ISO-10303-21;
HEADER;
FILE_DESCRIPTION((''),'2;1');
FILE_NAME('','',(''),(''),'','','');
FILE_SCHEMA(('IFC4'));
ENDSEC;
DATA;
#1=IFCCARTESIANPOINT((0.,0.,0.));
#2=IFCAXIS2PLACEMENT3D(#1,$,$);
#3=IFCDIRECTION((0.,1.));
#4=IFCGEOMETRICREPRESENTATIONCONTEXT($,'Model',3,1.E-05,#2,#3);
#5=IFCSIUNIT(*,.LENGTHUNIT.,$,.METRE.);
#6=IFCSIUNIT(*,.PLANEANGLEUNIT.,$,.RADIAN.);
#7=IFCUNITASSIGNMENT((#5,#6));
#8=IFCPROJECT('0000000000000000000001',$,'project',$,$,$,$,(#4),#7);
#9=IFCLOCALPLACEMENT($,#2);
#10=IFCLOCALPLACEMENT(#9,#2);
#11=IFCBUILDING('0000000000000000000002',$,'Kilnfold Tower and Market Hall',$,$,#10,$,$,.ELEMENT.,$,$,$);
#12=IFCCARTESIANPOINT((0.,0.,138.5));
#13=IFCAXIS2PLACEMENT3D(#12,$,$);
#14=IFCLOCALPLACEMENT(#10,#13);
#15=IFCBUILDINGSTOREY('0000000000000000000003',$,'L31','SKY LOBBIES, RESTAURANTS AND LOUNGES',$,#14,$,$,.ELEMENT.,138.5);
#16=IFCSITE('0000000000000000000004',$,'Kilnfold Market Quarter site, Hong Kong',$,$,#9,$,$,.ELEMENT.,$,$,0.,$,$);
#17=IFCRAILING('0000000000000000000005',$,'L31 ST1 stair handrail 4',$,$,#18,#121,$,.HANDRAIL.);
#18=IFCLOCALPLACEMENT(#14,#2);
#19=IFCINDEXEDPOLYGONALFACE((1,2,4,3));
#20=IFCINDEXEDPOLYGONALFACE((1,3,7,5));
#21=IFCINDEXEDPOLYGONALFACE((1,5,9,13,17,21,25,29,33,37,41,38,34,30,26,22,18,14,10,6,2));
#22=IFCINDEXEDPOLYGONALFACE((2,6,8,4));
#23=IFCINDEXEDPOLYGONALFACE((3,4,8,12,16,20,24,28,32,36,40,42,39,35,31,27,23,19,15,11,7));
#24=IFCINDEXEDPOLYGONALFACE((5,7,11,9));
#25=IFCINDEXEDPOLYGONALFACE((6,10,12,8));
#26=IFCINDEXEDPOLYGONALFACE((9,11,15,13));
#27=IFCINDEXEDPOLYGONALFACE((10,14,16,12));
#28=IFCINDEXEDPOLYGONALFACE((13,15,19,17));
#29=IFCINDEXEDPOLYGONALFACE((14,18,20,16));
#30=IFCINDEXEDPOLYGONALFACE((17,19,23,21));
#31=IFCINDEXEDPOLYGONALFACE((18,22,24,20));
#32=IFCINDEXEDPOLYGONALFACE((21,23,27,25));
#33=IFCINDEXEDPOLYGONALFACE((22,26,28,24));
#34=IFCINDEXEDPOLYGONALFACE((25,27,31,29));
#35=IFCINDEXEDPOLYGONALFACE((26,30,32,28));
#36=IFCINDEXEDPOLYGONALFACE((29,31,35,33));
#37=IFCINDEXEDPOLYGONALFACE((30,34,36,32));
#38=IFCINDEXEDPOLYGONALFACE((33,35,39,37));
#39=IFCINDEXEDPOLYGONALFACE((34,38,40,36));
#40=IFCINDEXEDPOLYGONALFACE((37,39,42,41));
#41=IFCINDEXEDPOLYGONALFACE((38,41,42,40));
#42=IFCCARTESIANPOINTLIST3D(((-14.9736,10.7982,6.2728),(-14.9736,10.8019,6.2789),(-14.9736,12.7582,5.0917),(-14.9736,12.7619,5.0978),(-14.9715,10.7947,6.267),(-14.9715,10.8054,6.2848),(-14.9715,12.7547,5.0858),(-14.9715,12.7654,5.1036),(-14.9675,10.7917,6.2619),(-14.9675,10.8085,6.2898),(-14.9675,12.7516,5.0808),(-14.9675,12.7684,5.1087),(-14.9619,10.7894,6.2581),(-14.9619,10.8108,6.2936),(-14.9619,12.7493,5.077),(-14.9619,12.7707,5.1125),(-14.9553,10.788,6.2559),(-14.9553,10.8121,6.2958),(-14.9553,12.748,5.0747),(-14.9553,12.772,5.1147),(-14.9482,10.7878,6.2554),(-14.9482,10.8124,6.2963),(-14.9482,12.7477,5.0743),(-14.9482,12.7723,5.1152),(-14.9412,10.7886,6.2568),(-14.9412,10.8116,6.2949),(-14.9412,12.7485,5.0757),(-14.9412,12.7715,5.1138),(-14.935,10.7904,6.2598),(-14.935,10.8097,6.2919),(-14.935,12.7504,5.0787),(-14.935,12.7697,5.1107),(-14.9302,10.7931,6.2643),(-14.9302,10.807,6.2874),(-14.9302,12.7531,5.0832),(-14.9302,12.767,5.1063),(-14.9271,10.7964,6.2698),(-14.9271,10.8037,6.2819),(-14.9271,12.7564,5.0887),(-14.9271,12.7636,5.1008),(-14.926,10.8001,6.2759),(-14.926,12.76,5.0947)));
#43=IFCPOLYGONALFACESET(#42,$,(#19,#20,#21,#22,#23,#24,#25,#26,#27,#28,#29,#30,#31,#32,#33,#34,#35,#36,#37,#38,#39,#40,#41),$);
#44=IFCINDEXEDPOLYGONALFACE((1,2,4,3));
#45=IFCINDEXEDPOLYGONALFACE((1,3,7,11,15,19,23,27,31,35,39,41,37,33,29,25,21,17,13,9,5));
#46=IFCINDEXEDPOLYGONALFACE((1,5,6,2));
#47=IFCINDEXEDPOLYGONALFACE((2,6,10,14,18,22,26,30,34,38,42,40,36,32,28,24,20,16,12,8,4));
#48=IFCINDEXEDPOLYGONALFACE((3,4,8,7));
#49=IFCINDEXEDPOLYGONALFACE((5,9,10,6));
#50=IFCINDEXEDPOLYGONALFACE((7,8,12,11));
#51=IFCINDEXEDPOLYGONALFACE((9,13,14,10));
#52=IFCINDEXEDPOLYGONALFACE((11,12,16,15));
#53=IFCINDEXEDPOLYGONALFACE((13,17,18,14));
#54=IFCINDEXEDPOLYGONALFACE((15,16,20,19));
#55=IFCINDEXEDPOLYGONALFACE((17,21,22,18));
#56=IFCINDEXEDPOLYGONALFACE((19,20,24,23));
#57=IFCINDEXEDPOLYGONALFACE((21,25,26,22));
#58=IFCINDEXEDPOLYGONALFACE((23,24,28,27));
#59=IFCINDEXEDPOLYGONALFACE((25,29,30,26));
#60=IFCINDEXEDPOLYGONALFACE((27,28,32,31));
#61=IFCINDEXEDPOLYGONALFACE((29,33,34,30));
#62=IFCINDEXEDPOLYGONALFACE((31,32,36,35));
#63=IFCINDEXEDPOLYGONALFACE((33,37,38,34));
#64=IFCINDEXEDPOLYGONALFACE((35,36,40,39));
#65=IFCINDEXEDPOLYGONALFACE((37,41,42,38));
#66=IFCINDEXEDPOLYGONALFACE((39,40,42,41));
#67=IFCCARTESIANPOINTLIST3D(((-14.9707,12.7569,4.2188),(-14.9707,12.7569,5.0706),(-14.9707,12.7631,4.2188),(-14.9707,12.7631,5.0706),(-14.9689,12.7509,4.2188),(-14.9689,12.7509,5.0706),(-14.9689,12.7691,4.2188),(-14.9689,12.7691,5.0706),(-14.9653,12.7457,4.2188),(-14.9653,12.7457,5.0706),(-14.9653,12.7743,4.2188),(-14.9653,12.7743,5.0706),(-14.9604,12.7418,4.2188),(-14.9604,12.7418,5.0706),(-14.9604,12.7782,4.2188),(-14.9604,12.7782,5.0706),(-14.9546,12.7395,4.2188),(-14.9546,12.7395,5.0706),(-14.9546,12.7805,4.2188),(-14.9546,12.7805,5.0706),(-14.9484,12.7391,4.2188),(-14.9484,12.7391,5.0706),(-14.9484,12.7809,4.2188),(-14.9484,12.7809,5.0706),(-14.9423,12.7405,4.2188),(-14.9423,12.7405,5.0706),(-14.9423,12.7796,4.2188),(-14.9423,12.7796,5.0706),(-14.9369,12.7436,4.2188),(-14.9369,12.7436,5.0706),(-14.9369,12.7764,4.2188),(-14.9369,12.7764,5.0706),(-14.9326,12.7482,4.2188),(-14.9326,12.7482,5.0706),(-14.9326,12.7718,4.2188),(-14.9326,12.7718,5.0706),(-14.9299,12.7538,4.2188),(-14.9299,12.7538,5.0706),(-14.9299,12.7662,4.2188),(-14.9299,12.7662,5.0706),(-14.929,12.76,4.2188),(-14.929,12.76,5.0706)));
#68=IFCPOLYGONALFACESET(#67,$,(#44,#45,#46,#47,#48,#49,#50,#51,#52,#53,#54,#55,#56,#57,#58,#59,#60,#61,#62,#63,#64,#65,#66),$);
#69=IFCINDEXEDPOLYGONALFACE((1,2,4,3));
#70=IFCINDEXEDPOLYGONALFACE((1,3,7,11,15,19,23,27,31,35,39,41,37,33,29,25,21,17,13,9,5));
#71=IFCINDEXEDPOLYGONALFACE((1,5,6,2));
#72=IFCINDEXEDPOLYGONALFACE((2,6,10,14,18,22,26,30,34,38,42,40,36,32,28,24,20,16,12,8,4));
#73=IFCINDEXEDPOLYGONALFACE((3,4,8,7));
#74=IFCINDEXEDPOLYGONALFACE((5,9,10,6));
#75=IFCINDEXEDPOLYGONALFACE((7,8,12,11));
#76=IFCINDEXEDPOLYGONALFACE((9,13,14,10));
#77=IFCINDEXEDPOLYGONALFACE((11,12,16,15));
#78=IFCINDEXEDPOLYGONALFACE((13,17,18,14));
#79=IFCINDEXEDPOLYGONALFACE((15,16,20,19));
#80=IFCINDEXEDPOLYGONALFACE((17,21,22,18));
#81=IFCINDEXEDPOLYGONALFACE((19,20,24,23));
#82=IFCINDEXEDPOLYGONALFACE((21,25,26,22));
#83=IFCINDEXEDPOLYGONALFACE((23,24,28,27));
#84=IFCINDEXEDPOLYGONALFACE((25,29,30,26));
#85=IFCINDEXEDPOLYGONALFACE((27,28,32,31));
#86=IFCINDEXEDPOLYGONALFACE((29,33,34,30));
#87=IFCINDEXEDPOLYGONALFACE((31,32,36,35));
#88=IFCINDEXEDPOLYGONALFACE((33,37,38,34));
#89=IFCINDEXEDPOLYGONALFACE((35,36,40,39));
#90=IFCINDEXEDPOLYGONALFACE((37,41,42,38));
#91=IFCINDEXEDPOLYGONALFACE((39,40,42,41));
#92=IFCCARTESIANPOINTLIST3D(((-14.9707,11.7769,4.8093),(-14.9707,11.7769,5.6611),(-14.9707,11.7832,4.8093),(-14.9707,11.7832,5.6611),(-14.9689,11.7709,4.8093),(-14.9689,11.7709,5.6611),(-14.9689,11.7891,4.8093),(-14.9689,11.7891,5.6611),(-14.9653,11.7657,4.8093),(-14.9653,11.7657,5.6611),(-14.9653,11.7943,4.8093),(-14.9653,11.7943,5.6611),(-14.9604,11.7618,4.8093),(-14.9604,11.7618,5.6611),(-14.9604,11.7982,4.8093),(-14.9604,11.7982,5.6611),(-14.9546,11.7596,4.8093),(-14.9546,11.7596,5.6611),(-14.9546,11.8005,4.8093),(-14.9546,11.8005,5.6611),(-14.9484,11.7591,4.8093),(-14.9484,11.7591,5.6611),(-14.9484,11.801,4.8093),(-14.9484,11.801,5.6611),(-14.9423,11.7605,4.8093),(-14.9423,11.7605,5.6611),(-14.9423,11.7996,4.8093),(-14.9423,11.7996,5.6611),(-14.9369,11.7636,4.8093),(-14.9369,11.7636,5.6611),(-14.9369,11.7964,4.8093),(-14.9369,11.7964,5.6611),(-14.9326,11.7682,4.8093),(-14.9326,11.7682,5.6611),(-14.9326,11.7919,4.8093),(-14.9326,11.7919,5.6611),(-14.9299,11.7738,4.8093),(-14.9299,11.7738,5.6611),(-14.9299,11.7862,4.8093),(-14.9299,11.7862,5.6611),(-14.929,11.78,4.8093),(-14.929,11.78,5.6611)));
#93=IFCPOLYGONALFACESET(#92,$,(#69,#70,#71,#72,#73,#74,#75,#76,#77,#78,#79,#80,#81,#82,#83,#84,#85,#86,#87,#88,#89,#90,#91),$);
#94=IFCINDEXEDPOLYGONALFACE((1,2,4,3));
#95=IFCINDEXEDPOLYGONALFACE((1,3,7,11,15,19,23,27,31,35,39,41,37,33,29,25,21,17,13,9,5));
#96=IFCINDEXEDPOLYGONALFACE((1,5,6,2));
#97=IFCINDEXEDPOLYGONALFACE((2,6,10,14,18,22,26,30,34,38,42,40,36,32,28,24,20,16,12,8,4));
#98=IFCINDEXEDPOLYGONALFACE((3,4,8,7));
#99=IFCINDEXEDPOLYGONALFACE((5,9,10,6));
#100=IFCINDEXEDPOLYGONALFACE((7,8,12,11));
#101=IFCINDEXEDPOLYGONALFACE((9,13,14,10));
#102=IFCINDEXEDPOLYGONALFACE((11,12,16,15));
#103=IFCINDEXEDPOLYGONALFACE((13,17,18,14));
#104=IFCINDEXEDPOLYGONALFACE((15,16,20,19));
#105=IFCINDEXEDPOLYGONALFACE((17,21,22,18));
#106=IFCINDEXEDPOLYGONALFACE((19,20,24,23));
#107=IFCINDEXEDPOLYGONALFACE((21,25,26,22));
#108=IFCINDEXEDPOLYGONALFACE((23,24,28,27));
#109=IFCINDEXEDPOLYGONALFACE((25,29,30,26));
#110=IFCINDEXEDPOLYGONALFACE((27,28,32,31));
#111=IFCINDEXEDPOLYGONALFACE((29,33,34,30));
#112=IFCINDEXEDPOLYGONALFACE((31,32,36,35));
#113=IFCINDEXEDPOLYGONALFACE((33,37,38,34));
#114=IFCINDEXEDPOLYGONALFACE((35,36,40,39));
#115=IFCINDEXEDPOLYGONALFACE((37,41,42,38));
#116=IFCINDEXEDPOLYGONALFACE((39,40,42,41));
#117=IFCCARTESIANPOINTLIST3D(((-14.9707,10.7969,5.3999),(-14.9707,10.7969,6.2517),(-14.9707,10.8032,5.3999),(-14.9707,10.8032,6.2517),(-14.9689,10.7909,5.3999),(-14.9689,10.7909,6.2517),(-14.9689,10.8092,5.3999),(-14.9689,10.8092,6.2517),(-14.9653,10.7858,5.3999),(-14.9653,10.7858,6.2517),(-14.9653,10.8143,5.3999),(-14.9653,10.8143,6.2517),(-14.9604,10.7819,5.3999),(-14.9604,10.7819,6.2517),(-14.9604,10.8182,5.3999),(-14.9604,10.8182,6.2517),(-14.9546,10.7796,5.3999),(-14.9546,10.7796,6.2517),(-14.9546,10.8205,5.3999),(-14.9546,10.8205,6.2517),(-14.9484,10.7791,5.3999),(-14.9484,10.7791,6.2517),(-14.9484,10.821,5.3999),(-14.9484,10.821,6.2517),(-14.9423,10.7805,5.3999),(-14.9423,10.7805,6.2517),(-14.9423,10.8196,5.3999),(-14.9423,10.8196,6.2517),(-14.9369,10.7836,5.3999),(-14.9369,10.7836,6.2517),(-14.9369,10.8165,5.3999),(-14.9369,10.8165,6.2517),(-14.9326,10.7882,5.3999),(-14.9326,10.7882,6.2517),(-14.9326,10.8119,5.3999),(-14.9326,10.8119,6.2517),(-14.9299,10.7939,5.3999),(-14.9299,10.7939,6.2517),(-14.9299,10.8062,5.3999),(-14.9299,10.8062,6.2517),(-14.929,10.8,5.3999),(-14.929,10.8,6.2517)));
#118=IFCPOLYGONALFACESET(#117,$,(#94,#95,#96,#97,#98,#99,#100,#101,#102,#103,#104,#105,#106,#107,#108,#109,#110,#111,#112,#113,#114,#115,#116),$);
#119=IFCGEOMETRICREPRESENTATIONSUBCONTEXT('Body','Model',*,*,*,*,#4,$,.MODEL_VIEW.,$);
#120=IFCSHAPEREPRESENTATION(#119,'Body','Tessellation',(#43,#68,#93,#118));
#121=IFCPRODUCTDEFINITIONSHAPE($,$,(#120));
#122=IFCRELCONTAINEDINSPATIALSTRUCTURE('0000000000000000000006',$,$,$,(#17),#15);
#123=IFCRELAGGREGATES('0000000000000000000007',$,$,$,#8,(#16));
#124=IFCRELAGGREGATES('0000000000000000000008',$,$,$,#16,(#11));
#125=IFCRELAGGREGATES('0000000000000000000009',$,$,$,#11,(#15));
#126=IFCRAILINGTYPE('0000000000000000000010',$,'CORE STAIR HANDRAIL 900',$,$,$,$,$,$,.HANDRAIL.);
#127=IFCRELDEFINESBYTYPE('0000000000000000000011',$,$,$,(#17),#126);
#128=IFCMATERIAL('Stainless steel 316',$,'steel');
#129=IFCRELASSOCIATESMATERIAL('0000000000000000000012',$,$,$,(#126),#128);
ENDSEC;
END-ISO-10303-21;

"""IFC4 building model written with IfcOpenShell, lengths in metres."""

from ifc_helpers import new_model, si_unit, direction, frame, origin, origin_2d, place, context, subcontext, project, spatial, circle, extrude, material, type_object, element, save


model = new_model("IFC4")

# Units and contexts
model_context = context("Model", 3, precision=1e-05, world=origin(), true_north=direction((0.0, 1.0)))
body_context = subcontext(model_context, "Body", "Model", "MODEL_VIEW")
ifc_project = project(units=[si_unit("LENGTHUNIT", "METRE"), si_unit("PLANEANGLEUNIT", "RADIAN")], contexts=[model_context])

# Site, building, storey
site_placement = place(None, origin())
site = spatial("IfcSite", under=ifc_project, at=site_placement, Name="Kilnfold Market Quarter site, Hong Kong", CompositionType="ELEMENT", RefElevation=0.0)
building_placement = place(site_placement, origin())
building = spatial("IfcBuilding", under=site, at=building_placement, Name="Kilnfold Tower and Market Hall", CompositionType="ELEMENT")
storey_placement = place(building_placement, frame((0.0, 0.0, 138.5)))
storey = spatial("IfcBuildingStorey", under=building, at=storey_placement, Name="L31", Description="SKY LOBBIES, RESTAURANTS AND LOUNGES", CompositionType="ELEMENT", Elevation=138.5)

# Railing
ifc_material_1 = material(Name="Stainless steel 316", Category="steel")
railing_type_1 = type_object("IfcRailingType", Name="CORE STAIR HANDRAIL 900", PredefinedType="HANDRAIL", material=ifc_material_1)
railing_1_placement = place(storey_placement, frame((-14.95, 12.76, 4.2188)))
element("IfcRailing", 1, at=railing_1_placement, inside=storey, type_object=railing_type_1, Name="L31 ST1 stair handrail 4", PredefinedType="HANDRAIL", context=body_context, shape_type="SweptSolid", body=[
    extrude(circle(Radius=0.0239, at=origin_2d()), frame((0.0, 0.0, 0.876), z_axis=(0.0, -0.856493, 0.516158), x_axis=(1.0, 0.0, 0.0)), (0.0, 0.0, 1.0), 2.2883),
    extrude(circle(Radius=0.021, at=origin_2d()), origin(), (0.0, 0.0, 1.0), 0.8518),
    extrude(circle(Radius=0.021, at=origin_2d()), frame((0.0, -0.98, 0.5906)), (0.0, 0.0, 1.0), 0.8518),
    extrude(circle(Radius=0.021, at=origin_2d()), frame((0.0, -1.96, 1.1812)), (0.0, 0.0, 1.0), 0.8518),
])

save(model, "model.ifc")
